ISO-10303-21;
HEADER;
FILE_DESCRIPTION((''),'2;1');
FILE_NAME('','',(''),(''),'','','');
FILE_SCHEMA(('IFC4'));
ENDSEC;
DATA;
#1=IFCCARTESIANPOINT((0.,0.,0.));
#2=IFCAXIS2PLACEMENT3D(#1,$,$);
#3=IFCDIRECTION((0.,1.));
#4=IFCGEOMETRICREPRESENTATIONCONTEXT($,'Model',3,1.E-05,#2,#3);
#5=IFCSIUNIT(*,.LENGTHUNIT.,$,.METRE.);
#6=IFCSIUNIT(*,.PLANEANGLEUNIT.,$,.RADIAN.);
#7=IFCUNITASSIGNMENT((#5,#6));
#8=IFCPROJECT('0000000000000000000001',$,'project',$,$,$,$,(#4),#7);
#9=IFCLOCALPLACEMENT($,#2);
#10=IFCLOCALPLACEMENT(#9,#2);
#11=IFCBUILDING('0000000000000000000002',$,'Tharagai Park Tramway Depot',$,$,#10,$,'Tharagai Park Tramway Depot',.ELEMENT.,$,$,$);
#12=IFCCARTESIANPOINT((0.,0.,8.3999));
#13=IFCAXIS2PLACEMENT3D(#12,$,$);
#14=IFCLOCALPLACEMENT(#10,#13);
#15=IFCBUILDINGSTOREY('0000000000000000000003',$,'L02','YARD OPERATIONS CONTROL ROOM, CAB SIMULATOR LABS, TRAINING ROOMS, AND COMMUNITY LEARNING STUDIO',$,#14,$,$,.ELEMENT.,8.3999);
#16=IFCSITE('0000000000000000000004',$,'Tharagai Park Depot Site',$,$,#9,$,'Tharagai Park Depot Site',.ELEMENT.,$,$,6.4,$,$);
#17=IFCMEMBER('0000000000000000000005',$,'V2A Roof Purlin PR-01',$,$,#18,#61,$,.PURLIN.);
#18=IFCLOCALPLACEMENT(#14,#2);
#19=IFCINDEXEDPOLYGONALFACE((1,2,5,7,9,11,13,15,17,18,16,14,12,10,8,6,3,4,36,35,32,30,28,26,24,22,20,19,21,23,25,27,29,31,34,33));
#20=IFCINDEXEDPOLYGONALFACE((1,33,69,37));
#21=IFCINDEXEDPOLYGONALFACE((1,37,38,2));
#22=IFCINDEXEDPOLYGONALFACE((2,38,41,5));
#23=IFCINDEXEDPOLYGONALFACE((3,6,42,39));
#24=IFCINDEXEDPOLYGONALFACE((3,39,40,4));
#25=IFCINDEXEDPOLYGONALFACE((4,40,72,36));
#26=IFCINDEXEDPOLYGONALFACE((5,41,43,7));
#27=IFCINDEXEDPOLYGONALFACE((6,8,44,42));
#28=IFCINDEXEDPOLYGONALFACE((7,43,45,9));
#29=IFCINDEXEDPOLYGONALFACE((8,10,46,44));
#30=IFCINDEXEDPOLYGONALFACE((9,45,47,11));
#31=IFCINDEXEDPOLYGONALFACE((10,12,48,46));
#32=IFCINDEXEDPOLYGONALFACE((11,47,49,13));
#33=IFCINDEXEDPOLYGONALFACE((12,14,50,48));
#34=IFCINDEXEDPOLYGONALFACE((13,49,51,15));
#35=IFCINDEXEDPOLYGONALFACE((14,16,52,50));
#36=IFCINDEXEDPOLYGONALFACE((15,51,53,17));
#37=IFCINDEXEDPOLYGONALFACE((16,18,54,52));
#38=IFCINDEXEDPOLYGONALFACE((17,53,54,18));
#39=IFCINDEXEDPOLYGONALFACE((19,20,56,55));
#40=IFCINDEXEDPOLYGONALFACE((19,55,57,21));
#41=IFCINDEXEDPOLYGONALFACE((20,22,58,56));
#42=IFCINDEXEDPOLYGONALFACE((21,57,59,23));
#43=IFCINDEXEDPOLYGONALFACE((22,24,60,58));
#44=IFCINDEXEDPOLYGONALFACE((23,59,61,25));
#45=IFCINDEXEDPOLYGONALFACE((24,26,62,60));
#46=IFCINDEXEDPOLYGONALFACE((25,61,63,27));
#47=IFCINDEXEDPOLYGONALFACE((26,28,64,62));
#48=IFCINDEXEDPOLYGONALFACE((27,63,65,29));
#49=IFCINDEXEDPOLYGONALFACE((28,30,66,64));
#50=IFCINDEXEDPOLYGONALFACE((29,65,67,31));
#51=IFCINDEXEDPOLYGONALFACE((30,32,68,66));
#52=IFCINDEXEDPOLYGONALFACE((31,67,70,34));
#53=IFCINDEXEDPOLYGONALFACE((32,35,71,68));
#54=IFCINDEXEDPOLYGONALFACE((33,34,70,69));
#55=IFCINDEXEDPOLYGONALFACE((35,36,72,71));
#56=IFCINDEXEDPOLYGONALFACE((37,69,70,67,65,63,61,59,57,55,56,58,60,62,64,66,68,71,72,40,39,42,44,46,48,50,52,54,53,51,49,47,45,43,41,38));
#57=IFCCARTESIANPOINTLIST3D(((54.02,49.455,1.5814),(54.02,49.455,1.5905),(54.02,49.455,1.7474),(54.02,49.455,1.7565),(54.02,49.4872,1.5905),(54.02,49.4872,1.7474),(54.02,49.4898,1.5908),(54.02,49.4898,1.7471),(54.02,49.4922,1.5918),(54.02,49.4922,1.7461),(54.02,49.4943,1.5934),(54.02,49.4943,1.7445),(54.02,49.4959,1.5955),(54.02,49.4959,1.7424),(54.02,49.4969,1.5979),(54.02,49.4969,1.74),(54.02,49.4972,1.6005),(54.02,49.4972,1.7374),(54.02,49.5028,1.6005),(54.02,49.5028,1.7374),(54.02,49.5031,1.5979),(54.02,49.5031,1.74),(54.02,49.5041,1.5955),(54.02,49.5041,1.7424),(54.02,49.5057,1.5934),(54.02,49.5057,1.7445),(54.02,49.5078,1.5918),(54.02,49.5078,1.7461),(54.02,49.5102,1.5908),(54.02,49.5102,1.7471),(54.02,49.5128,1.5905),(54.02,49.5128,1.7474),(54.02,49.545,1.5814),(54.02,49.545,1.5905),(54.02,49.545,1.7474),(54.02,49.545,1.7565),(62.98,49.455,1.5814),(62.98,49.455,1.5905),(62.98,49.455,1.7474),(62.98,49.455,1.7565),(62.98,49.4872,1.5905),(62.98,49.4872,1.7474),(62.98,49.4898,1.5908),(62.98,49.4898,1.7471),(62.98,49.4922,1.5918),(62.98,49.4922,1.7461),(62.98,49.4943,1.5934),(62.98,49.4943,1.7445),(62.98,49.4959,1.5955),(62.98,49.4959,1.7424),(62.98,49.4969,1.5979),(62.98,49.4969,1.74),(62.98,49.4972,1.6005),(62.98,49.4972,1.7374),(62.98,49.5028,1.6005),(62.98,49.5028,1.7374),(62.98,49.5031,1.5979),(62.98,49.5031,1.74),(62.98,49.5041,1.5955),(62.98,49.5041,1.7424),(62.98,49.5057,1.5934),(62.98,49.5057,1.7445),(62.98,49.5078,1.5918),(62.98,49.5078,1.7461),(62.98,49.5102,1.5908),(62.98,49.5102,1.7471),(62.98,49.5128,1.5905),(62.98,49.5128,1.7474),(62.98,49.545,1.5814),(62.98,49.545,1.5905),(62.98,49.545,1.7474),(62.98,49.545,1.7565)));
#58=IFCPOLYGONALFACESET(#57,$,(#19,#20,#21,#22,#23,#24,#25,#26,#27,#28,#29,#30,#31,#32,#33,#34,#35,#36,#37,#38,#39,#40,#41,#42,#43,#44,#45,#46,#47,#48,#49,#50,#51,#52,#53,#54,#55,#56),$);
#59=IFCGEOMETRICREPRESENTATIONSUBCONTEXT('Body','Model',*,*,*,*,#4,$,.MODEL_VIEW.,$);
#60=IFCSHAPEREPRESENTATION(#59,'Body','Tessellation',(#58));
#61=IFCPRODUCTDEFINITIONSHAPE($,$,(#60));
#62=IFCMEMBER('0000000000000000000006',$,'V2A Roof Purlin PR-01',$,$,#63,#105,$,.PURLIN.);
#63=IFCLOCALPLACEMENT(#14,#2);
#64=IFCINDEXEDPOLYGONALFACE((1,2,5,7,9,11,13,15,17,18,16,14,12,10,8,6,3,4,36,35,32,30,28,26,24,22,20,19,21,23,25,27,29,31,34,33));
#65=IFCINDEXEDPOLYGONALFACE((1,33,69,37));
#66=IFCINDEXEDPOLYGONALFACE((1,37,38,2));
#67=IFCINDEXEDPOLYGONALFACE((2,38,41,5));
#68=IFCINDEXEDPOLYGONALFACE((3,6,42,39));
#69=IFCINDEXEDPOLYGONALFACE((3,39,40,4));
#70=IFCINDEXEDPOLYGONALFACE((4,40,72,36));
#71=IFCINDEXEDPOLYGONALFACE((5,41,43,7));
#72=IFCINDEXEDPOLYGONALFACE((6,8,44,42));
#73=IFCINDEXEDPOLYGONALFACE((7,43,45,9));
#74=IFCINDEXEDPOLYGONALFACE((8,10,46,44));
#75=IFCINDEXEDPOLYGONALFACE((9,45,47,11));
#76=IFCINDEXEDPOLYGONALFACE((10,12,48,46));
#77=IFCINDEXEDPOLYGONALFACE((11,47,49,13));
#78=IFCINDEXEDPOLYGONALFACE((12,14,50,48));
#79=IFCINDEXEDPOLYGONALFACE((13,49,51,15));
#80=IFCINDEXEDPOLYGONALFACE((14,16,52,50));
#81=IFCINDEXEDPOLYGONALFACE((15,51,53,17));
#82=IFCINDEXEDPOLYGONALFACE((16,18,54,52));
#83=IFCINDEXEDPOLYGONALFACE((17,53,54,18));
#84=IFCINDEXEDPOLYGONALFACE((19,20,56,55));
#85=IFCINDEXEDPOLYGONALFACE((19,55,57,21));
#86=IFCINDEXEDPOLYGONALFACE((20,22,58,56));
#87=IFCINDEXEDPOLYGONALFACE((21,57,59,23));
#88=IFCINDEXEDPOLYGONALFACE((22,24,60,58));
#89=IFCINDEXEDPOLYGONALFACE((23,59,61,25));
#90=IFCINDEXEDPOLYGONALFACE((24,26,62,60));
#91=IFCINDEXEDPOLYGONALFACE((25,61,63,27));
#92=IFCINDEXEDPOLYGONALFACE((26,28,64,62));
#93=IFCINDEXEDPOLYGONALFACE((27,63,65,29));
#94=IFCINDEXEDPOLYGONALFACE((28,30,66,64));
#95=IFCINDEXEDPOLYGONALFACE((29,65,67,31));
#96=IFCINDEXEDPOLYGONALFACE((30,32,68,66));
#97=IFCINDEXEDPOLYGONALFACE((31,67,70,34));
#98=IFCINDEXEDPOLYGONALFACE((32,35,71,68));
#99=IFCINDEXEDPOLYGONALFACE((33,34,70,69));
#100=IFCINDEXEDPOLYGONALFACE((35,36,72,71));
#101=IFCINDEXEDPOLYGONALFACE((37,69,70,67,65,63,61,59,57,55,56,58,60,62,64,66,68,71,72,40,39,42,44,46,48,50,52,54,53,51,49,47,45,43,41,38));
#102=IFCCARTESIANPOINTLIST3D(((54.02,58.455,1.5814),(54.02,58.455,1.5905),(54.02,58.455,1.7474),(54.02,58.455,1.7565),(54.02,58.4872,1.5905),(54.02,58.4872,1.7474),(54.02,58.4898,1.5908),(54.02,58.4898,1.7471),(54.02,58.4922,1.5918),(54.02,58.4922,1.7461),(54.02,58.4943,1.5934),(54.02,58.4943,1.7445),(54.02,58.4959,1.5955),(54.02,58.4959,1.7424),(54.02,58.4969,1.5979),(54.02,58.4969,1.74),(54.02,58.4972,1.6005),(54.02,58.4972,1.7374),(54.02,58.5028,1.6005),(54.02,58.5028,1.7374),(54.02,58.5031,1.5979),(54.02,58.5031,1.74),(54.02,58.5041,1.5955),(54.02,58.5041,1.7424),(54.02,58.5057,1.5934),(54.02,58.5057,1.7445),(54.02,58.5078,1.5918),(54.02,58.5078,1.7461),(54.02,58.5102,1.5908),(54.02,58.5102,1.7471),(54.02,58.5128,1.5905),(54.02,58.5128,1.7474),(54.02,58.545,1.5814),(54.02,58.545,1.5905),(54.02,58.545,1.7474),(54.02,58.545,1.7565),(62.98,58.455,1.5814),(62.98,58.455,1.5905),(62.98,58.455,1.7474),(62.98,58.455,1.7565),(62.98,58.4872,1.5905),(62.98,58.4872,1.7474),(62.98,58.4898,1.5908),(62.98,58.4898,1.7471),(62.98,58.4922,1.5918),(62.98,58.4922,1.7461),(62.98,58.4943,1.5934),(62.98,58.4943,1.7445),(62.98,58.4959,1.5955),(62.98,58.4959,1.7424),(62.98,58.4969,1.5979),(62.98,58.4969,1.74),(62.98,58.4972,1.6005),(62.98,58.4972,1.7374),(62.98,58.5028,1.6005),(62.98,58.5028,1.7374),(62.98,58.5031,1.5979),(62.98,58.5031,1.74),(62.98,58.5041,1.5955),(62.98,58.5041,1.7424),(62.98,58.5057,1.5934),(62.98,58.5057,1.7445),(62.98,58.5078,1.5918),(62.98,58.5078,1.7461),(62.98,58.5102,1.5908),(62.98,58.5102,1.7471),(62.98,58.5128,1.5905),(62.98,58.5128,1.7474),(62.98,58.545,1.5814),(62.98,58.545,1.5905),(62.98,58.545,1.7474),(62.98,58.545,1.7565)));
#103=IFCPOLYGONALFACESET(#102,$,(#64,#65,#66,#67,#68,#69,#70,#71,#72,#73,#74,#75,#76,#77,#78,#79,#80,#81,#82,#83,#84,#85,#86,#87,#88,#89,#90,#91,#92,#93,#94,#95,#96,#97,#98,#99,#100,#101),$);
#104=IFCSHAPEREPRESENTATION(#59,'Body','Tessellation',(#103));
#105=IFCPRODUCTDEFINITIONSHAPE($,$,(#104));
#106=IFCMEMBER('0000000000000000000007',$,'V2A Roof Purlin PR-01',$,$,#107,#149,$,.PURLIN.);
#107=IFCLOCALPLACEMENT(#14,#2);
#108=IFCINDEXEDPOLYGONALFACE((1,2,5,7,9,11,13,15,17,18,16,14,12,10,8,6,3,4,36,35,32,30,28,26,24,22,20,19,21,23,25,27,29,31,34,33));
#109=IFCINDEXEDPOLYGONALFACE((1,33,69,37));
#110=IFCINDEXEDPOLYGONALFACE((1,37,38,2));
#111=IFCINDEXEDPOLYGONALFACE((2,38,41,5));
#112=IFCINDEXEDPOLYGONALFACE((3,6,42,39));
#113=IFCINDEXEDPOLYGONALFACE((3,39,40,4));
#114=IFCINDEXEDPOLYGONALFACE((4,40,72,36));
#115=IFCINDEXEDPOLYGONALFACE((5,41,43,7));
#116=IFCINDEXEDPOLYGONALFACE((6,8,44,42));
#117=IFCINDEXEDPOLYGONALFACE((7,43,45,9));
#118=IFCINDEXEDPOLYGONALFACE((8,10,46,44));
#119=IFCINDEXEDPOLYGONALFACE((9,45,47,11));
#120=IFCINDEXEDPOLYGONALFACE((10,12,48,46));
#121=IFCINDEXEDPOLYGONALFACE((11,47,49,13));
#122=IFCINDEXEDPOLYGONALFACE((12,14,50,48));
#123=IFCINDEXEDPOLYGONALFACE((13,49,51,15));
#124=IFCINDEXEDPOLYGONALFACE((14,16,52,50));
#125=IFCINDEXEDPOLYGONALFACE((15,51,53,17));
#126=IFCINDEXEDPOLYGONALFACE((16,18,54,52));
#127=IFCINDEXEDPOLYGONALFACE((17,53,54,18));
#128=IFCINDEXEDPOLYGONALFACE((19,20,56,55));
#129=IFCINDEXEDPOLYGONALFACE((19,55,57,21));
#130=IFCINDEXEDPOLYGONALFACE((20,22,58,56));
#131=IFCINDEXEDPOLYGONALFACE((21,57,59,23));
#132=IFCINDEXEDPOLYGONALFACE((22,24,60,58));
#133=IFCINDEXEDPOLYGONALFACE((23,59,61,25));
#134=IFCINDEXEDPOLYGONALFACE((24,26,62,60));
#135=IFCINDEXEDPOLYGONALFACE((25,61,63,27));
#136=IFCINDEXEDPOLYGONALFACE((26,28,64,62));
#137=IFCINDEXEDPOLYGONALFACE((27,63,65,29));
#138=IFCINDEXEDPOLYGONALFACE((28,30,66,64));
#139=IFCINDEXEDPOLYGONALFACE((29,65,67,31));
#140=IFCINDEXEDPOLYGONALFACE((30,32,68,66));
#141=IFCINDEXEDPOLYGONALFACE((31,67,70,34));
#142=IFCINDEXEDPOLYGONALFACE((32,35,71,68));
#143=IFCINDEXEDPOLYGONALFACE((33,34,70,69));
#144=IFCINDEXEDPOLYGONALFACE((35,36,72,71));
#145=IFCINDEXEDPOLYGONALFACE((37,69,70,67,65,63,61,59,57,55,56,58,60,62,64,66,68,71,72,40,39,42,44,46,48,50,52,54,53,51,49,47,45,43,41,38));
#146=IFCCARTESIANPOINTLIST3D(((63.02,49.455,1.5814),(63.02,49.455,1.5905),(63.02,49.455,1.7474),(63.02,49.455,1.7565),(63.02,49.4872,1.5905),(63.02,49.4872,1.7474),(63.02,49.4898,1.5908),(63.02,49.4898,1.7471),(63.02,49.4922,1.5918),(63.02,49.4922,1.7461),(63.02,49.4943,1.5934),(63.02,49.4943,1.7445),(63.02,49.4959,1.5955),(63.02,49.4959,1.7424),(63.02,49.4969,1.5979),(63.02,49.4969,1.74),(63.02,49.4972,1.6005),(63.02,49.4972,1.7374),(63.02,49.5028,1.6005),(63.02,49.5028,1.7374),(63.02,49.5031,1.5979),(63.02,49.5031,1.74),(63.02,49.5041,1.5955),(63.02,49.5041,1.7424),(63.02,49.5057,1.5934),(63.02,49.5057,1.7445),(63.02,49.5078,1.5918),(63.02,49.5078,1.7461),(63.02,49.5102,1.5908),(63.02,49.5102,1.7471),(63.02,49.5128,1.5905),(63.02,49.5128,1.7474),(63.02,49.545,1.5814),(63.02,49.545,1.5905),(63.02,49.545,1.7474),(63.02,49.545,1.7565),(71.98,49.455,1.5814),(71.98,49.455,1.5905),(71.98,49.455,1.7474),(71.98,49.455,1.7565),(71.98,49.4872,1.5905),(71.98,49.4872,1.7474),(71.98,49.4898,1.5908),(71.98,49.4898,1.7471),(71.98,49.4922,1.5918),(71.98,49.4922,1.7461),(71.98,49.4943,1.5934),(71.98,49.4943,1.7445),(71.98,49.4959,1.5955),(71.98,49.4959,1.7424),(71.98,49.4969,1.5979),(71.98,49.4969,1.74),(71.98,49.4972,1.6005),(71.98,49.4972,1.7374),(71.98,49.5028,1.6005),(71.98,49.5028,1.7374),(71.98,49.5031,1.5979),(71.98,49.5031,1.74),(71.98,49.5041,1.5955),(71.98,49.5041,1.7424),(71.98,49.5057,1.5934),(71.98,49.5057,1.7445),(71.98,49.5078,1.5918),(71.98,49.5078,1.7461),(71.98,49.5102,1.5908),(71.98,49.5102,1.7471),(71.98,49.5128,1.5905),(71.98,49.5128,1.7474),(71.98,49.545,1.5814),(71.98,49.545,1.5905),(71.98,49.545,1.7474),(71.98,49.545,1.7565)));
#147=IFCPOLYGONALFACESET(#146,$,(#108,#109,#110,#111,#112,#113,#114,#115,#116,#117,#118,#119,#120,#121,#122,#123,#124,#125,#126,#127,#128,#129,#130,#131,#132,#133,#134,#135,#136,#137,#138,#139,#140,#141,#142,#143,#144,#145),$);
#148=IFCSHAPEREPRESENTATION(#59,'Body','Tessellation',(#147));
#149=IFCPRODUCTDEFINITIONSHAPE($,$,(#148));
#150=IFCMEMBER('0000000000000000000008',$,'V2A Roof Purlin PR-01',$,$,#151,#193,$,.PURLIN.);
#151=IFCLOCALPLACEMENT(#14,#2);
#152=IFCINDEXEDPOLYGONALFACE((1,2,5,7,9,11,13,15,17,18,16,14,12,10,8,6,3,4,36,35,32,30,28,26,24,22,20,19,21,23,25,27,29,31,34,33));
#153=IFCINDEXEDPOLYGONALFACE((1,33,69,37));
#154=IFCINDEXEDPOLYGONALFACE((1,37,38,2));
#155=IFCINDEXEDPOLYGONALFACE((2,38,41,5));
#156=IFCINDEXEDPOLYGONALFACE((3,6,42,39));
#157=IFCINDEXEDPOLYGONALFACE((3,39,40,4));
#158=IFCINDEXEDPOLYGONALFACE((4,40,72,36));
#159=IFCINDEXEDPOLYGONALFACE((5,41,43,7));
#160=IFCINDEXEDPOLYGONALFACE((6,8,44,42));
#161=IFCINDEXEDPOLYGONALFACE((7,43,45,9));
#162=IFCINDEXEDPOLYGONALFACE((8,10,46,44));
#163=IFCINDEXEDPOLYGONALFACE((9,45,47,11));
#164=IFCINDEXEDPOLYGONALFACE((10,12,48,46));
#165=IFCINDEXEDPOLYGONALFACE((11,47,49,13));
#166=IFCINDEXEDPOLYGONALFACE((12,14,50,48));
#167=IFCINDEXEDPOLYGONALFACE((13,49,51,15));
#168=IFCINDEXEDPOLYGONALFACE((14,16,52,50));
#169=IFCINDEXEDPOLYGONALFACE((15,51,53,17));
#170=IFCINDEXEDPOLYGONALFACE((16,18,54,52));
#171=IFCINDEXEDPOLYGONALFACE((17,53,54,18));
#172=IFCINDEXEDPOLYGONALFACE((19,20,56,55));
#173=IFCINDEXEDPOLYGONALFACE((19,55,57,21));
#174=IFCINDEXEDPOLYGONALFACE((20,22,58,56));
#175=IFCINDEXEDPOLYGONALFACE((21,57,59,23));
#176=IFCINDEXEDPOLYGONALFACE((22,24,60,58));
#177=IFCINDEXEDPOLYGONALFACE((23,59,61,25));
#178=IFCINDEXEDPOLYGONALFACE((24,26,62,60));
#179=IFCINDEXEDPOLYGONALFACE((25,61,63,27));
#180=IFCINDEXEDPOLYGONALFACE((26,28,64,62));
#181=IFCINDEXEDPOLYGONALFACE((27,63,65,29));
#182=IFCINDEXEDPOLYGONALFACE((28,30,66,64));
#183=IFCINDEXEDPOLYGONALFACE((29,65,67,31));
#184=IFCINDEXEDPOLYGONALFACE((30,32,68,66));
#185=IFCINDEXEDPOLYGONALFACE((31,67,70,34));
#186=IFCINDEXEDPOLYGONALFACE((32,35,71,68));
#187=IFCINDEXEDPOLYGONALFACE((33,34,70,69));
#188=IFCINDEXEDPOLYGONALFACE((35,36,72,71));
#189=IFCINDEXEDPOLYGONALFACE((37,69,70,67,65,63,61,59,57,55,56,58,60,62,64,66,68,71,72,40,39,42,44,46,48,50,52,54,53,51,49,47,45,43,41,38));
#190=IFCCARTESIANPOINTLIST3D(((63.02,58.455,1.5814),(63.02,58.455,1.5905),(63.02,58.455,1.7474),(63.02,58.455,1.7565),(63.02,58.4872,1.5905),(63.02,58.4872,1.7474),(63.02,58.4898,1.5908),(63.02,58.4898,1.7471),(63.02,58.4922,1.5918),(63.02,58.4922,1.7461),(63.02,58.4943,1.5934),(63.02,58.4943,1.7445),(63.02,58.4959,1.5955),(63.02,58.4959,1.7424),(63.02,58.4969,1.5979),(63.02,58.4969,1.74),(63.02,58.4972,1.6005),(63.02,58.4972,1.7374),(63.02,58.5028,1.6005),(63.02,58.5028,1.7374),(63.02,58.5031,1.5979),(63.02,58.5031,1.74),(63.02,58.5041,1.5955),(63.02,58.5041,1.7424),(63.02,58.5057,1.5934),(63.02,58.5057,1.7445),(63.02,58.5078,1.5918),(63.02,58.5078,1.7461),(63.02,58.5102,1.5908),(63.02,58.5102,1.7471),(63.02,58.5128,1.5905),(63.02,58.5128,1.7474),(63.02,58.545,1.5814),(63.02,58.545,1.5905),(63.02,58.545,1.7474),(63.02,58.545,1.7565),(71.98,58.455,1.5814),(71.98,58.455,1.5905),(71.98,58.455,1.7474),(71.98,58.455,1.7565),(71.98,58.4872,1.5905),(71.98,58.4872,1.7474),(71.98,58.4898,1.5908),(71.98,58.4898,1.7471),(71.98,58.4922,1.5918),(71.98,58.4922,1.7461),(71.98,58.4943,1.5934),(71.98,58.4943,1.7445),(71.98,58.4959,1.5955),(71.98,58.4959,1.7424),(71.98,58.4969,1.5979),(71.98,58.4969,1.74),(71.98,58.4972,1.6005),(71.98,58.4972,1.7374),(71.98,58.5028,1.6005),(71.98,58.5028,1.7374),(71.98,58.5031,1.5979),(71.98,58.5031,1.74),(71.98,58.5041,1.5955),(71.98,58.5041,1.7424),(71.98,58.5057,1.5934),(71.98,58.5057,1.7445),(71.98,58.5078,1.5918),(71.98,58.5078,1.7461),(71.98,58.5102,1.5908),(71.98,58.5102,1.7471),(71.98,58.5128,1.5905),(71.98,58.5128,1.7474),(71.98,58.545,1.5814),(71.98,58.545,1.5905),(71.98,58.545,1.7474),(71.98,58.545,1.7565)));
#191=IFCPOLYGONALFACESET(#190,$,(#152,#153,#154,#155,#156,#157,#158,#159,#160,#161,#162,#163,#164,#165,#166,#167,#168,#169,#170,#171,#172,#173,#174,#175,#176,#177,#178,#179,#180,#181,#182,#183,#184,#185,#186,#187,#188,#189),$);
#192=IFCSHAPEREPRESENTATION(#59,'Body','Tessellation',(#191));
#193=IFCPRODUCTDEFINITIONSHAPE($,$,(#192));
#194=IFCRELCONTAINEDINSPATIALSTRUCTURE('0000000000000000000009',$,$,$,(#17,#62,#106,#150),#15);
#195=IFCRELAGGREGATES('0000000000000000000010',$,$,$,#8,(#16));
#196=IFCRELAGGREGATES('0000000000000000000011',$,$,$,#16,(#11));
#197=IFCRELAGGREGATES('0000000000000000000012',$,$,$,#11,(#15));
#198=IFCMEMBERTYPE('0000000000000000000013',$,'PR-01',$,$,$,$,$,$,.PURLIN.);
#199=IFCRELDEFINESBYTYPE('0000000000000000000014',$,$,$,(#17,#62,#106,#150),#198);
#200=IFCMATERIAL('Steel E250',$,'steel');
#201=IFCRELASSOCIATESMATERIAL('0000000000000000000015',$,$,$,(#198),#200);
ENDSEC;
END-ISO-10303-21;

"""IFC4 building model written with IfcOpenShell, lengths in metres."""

from ifc_helpers import new_model, si_unit, direction, frame, origin, origin_2d, place, context, subcontext, project, spatial, i_section, extrude, material, material_profile, profile_set, type_object, element, save


model = new_model("IFC4")

# Units and contexts
model_context = context("Model", 3, precision=1e-05, world=origin(), true_north=direction((0.0, 1.0)))
body_context = subcontext(model_context, "Body", "Model", "MODEL_VIEW")
ifc_project = project(units=[si_unit("LENGTHUNIT", "METRE"), si_unit("PLANEANGLEUNIT", "RADIAN")], contexts=[model_context])

# Site, building, storey
site_placement = place(None, origin())
site = spatial("IfcSite", under=ifc_project, at=site_placement, Name="Tharagai Park Depot Site", LongName="Tharagai Park Depot Site", CompositionType="ELEMENT", RefElevation=6.4)
building_placement = place(site_placement, origin())
building = spatial("IfcBuilding", under=site, at=building_placement, Name="Tharagai Park Tramway Depot", LongName="Tharagai Park Tramway Depot", CompositionType="ELEMENT")
storey_placement = place(building_placement, frame((0.0, 0.0, 8.3999)))
storey = spatial("IfcBuildingStorey", under=building, at=storey_placement, Name="L02", Description="YARD OPERATIONS CONTROL ROOM, CAB SIMULATOR LABS, TRAINING ROOMS, AND COMMUNITY LEARNING STUDIO", CompositionType="ELEMENT", Elevation=8.3999)

# Members
ifc_material_1 = material(Name="Steel E250", Category="steel")
ifc_material_profile_1 = material_profile(ifc_material_1, i_section(OverallWidth=0.0901, OverallDepth=0.175, WebThickness=0.0056, FlangeThickness=0.009, FilletRadius=0.01, at=origin_2d()), Name="ISMB 175")
ifc_profile_set_1 = profile_set([ifc_material_profile_1], Name="Steel E250")
member_type_1 = type_object("IfcMemberType", Name="PR-01", PredefinedType="PURLIN", material=ifc_profile_set_1)
for number, where, z_axis, x_axis, name in (
    (1, (54.02, 49.5, 1.6689), (1.0, 0.0, 0.0), (0.0, 1.0, 0.0), "V2A Roof Purlin PR-01"),
    (2, (54.02, 58.5, 1.6689), (1.0, 0.0, 0.0), (0.0, 1.0, 0.0), "V2A Roof Purlin PR-01"),
    (3, (63.02, 49.5, 1.6689), (1.0, 0.0, 0.0), (0.0, 1.0, 0.0), "V2A Roof Purlin PR-01"),
    (4, (63.02, 58.5, 1.6689), (1.0, 0.0, 0.0), (0.0, 1.0, 0.0), "V2A Roof Purlin PR-01"),
):
    element("IfcMember", number, at=place(storey_placement, frame(where, z_axis=z_axis, x_axis=x_axis)), inside=storey, type_object=member_type_1, Name=name, PredefinedType="PURLIN", context=body_context, shape_type="SweptSolid", body=[
        extrude(i_section(OverallWidth=0.0901, OverallDepth=0.175, WebThickness=0.0056, FlangeThickness=0.009, FilletRadius=0.01, at=origin_2d()), origin(), (0.0, 0.0, 1.0), 8.96),
    ])

save(model, "model.ifc")
